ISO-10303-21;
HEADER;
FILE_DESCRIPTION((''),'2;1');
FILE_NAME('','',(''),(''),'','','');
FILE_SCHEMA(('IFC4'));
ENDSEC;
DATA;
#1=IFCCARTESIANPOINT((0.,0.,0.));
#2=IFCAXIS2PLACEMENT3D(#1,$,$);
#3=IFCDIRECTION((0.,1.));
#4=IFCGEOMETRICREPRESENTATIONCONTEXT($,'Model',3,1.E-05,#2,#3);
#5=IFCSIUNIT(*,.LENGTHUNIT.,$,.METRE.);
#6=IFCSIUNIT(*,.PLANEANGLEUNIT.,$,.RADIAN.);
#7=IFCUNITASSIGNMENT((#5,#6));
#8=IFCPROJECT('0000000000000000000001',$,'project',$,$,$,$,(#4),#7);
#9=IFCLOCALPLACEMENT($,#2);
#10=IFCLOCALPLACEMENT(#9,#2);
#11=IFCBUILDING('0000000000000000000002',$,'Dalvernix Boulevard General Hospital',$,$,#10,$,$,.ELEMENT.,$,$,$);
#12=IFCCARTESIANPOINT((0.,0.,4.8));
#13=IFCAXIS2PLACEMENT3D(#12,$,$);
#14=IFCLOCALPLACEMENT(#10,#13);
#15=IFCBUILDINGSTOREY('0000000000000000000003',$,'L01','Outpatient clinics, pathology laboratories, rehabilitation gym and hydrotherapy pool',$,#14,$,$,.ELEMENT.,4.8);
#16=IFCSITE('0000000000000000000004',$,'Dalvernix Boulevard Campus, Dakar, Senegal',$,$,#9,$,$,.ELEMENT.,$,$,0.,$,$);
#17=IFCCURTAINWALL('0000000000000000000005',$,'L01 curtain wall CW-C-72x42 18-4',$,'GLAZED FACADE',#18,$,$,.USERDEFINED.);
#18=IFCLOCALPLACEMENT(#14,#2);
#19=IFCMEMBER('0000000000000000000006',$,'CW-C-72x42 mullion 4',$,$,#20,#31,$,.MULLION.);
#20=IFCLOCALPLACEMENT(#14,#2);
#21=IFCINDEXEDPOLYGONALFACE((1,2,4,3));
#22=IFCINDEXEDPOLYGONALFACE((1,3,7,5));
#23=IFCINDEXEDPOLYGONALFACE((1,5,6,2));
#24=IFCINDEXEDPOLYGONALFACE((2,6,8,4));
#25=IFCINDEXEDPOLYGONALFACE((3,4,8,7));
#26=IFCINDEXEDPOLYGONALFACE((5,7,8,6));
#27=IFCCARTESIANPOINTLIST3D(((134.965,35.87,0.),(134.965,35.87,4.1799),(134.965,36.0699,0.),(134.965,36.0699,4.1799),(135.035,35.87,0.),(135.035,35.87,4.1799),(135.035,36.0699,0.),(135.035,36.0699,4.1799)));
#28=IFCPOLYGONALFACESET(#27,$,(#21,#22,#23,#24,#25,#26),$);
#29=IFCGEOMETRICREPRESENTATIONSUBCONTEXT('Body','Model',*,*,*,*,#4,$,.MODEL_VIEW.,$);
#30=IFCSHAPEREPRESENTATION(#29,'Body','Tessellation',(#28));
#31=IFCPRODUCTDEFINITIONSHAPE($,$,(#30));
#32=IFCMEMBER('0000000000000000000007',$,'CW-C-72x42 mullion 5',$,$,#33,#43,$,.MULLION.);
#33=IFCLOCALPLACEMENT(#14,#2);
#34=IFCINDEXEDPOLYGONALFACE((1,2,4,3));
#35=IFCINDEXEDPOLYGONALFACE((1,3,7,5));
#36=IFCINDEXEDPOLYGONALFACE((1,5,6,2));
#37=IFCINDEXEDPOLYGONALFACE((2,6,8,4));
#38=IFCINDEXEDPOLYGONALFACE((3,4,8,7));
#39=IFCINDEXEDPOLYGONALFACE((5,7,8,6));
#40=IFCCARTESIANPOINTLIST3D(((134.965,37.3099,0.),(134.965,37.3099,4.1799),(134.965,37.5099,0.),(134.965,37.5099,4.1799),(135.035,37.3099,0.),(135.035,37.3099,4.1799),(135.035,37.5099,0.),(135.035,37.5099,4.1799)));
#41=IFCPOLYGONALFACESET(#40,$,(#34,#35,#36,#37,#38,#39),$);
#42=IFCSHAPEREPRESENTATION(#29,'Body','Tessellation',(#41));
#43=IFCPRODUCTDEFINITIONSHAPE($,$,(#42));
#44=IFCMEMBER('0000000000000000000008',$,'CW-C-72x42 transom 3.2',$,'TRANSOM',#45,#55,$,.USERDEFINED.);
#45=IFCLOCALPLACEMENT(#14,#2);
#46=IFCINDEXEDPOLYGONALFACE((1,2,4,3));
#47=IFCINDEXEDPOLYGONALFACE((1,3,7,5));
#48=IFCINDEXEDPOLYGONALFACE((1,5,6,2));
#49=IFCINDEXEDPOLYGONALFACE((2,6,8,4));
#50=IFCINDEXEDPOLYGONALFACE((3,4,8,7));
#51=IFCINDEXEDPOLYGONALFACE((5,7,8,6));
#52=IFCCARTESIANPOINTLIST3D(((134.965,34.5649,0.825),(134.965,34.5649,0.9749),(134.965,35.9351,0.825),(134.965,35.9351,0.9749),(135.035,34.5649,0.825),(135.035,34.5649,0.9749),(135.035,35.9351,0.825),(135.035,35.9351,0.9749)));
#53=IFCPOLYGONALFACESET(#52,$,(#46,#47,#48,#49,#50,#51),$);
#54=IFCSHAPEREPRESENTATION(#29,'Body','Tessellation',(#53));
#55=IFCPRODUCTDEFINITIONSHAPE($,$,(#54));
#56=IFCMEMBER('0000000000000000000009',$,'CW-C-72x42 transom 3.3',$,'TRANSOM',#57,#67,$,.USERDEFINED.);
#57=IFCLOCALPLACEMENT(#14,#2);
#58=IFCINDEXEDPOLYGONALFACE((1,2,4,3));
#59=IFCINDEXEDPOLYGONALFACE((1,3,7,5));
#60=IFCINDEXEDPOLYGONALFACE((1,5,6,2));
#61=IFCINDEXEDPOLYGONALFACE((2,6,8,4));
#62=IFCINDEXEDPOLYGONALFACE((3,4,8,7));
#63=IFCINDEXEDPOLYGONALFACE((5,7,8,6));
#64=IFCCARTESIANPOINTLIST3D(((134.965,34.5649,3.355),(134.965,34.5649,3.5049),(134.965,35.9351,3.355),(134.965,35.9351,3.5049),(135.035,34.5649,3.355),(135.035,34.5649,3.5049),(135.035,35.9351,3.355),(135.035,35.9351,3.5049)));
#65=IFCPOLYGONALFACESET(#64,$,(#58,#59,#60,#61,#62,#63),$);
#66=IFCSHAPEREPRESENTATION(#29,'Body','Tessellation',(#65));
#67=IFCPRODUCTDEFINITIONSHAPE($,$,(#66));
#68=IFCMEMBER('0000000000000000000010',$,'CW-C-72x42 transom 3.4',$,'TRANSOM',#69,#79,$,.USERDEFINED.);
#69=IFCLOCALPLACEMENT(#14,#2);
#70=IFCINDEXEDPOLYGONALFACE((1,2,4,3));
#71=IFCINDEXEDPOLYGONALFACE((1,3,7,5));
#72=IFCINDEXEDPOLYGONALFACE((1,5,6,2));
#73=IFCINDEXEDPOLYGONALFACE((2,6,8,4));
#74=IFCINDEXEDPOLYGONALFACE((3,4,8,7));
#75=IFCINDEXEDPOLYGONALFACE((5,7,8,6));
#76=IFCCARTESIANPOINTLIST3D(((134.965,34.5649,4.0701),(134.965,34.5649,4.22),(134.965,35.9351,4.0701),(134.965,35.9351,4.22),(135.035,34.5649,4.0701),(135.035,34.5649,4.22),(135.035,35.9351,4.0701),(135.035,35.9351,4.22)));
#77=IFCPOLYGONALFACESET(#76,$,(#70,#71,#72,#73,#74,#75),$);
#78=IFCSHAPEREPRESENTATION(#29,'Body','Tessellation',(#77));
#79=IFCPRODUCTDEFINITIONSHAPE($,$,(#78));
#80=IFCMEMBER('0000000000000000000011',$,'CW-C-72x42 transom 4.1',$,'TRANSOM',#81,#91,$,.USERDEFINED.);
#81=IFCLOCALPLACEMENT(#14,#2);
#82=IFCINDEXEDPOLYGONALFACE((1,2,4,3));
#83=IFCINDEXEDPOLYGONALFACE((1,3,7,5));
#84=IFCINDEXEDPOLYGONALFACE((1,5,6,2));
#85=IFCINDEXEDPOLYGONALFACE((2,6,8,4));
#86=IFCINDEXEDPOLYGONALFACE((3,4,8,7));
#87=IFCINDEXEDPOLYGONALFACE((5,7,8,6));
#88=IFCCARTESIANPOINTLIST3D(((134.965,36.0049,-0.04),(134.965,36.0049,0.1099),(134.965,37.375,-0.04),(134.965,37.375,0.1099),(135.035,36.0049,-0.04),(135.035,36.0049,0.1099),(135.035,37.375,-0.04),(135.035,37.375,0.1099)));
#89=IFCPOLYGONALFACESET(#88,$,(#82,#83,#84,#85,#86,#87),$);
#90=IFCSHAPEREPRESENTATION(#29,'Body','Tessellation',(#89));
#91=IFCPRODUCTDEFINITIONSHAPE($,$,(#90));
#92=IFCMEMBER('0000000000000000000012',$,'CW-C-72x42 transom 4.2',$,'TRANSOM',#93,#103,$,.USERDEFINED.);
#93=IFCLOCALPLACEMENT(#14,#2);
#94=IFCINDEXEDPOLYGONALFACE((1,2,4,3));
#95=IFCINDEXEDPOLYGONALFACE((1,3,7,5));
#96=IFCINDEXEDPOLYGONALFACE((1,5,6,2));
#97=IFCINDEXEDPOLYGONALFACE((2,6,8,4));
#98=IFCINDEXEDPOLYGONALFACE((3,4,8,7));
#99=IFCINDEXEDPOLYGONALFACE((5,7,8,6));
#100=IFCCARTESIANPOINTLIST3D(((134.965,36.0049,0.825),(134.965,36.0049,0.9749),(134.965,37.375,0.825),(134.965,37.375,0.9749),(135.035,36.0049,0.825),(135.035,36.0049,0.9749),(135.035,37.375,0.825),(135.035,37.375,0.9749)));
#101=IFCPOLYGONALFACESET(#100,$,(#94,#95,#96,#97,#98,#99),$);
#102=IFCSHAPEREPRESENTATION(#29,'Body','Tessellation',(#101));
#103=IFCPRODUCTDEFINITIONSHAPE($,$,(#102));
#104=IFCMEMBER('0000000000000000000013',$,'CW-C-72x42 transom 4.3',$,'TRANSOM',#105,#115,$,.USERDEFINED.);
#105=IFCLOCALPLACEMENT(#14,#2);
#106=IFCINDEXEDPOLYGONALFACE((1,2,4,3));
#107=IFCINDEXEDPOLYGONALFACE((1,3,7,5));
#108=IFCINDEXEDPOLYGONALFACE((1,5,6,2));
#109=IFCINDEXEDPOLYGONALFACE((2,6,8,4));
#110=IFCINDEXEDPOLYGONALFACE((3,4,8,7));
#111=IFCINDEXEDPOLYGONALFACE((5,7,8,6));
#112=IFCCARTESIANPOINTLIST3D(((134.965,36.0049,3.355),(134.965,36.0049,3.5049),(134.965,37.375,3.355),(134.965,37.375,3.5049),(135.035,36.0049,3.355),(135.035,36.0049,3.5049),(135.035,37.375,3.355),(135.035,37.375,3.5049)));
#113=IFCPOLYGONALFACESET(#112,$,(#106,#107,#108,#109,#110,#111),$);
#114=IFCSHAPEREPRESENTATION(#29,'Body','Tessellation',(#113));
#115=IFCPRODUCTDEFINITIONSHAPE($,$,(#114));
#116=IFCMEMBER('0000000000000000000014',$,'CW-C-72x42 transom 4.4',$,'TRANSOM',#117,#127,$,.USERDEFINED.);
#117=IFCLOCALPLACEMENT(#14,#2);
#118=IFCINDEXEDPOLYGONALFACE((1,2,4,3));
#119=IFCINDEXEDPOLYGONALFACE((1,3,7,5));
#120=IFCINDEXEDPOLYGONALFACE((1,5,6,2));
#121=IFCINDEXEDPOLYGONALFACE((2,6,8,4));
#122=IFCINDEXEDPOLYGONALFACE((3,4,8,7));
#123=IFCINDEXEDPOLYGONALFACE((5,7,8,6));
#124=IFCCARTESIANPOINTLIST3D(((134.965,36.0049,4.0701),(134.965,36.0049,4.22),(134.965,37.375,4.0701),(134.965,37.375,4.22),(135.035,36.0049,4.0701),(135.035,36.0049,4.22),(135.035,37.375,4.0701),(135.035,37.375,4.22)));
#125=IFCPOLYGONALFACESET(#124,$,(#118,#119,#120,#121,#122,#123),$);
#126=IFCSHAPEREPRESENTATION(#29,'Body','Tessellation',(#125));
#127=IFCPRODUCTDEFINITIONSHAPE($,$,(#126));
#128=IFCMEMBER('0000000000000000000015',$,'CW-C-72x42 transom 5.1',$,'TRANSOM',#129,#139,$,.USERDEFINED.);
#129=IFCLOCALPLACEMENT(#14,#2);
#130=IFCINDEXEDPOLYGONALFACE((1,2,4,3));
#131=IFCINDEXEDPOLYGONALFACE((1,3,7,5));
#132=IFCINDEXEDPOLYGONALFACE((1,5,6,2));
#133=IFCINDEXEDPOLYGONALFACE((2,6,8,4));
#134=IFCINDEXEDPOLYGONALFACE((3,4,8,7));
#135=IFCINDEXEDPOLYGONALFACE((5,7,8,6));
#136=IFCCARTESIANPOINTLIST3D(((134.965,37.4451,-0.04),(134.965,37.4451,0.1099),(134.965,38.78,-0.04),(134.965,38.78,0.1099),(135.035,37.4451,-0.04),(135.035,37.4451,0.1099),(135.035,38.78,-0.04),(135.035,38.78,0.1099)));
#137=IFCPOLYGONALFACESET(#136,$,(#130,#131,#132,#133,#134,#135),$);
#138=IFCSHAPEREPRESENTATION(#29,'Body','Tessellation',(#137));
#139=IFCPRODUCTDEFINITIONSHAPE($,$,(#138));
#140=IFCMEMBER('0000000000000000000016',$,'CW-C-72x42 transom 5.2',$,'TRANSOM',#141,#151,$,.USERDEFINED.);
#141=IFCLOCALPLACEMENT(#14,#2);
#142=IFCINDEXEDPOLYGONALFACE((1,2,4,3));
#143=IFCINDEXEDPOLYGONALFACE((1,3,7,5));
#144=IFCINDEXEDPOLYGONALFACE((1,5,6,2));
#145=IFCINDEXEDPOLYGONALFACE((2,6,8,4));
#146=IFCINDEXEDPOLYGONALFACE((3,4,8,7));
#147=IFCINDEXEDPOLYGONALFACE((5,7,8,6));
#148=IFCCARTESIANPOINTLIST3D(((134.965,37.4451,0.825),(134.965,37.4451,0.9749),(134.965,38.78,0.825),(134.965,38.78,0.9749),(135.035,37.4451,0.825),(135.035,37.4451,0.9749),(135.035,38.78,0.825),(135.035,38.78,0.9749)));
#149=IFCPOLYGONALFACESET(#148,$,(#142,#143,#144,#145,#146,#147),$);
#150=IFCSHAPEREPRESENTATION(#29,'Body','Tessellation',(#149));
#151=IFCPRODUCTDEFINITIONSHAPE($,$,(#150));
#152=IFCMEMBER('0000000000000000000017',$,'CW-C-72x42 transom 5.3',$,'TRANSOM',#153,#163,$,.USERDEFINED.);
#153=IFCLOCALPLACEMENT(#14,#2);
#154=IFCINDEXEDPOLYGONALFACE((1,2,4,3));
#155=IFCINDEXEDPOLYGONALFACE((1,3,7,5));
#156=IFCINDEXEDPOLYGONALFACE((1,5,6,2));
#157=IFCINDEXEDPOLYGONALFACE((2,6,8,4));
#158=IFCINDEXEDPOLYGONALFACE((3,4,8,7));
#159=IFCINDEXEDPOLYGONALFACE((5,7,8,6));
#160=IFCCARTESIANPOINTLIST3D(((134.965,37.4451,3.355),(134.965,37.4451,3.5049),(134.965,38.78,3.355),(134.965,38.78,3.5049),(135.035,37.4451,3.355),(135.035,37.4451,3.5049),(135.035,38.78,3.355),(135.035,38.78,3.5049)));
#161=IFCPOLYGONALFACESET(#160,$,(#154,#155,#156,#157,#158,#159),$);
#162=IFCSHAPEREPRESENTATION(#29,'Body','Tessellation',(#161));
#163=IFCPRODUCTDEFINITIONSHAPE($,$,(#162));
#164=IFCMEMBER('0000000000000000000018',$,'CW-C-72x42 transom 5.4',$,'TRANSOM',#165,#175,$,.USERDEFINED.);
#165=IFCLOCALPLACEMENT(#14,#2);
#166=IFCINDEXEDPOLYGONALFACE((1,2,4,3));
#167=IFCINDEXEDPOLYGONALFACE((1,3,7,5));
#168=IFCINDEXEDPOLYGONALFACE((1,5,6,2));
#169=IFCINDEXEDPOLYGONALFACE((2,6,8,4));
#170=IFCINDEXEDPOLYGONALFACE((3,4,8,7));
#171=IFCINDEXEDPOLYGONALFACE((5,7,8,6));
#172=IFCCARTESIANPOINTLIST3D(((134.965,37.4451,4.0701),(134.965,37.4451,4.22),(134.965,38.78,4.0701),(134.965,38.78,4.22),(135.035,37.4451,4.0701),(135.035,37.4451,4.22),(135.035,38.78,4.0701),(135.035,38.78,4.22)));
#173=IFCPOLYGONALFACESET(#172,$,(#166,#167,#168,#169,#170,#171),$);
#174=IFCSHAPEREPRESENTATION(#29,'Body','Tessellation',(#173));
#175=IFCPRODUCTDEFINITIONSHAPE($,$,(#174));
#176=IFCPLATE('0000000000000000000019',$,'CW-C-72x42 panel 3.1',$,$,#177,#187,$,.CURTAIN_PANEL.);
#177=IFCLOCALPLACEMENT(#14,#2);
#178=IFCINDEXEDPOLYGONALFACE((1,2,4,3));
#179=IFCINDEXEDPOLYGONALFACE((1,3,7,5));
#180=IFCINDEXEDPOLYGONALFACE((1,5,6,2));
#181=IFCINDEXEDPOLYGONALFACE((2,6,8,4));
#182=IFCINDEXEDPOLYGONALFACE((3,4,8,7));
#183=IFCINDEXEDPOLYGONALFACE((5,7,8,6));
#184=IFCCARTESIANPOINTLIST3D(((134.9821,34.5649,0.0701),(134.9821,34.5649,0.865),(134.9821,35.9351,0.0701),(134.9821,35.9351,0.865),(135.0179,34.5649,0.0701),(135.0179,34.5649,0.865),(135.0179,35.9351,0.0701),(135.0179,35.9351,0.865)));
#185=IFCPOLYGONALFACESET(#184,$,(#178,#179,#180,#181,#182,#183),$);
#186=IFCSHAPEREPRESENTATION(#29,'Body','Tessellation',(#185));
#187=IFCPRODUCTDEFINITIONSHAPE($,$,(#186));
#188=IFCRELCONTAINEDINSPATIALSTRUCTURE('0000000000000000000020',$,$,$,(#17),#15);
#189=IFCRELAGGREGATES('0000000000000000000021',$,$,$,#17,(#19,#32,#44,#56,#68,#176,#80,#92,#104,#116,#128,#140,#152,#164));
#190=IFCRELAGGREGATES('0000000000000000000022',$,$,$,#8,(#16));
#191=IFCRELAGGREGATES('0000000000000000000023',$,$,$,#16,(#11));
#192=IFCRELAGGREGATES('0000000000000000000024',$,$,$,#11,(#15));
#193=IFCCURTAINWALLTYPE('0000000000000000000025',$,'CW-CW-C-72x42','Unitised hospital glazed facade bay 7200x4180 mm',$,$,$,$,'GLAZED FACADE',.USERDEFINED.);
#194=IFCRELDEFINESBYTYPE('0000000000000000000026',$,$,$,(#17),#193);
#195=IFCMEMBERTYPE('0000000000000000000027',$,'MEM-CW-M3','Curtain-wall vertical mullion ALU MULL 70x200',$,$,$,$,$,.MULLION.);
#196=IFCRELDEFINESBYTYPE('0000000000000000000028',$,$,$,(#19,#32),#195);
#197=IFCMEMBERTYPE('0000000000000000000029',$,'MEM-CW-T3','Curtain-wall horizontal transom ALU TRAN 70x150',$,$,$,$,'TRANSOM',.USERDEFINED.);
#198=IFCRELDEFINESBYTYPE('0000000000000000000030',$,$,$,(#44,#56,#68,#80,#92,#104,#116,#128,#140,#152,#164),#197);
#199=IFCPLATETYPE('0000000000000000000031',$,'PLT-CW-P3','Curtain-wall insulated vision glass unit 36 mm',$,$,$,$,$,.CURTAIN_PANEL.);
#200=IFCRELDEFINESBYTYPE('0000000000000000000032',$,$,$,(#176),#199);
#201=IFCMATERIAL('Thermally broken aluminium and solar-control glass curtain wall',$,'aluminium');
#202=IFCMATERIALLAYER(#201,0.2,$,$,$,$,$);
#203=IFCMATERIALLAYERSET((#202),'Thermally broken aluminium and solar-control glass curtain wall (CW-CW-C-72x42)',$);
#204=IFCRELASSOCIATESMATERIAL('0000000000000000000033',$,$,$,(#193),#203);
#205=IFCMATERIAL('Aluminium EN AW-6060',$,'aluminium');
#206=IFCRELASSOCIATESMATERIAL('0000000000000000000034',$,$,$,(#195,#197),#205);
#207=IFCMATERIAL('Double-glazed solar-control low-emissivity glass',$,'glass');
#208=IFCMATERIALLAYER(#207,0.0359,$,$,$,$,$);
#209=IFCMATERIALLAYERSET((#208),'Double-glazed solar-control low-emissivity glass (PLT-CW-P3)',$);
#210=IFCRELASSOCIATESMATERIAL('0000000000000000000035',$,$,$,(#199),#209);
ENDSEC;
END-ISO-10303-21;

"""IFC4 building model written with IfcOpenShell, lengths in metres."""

from ifc_helpers import new_model, si_unit, direction, frame, origin, origin_2d, place, context, subcontext, project, spatial, rectangle, extrude, material, layer, layer_set, material_profile, profile_set, type_object, element, aggregate, save


model = new_model("IFC4")

# Units and contexts
model_context = context("Model", 3, precision=1e-05, world=origin(), true_north=direction((0.0, 1.0)))
body_context = subcontext(model_context, "Body", "Model", "MODEL_VIEW")
ifc_project = project(units=[si_unit("LENGTHUNIT", "METRE"), si_unit("PLANEANGLEUNIT", "RADIAN")], contexts=[model_context])

# Site, building, storey
site_placement = place(None, origin())
site = spatial("IfcSite", under=ifc_project, at=site_placement, Name="Dalvernix Boulevard Campus, Dakar, Senegal", CompositionType="ELEMENT", RefElevation=0.0)
building_placement = place(site_placement, origin())
building = spatial("IfcBuilding", under=site, at=building_placement, Name="Dalvernix Boulevard General Hospital", CompositionType="ELEMENT")
storey_placement = place(building_placement, frame((0.0, 0.0, 4.8)))
storey = spatial("IfcBuildingStorey", under=building, at=storey_placement, Name="L01", Description="Outpatient clinics, pathology laboratories, rehabilitation gym and hydrotherapy pool", CompositionType="ELEMENT", Elevation=4.8)

# Curtain wall, members, plate
ifc_material_1 = material(Name="Thermally broken aluminium and solar-control glass curtain wall", Category="aluminium")
ifc_layer_1 = layer(ifc_material_1, 0.2)
ifc_layer_set_1 = layer_set([ifc_layer_1], Name="Thermally broken aluminium and solar-control glass curtain wall (CW-CW-C-72x42)")
curtain_wall_type = type_object("IfcCurtainWallType", Name="CW-CW-C-72x42", Description="Unitised hospital glazed facade bay 7200x4180 mm", ElementType="GLAZED FACADE", PredefinedType="USERDEFINED", material=ifc_layer_set_1)
curtain_wall_placement = place(storey_placement, origin())
curtain_wall = element("IfcCurtainWall", 1, at=curtain_wall_placement, inside=storey, type_object=curtain_wall_type, Name="L01 curtain wall CW-C-72x42 18-4", ObjectType="GLAZED FACADE", PredefinedType="USERDEFINED")
ifc_material_2 = material(Name="Aluminium EN AW-6060", Category="aluminium")
ifc_material_profile_1 = material_profile(ifc_material_2, rectangle(XDim=0.0701, YDim=0.2, at=origin_2d()), Name="ALU MULL 70x200")
ifc_profile_set_1 = profile_set([ifc_material_profile_1], Name="Aluminium EN AW-6060")
member_type_1 = type_object("IfcMemberType", Name="MEM-CW-M3", Description="Curtain-wall vertical mullion ALU MULL 70x200", PredefinedType="MULLION", material=ifc_profile_set_1)
member_1_placement = place(storey_placement, frame((135.0, 35.97, 0.0), z_axis=(0.0, 0.0, 1.0), x_axis=(-1.0, 0.0, 0.0)))
member_1 = element("IfcMember", 2, at=member_1_placement, type_object=member_type_1, Name="CW-C-72x42 mullion 4", PredefinedType="MULLION", context=body_context, shape_type="SweptSolid", body=[
    extrude(rectangle(XDim=0.0701, YDim=0.2, at=origin_2d()), origin(), (0.0, 0.0, 1.0), 4.1799),
])
member_2_placement = place(storey_placement, frame((135.0, 37.4099, 0.0), z_axis=(0.0, 0.0, 1.0), x_axis=(-1.0, 0.0, 0.0)))
member_2 = element("IfcMember", 3, at=member_2_placement, type_object=member_type_1, Name="CW-C-72x42 mullion 5", PredefinedType="MULLION", context=body_context, shape_type="SweptSolid", body=[
    extrude(rectangle(XDim=0.0701, YDim=0.2, at=origin_2d()), origin(), (0.0, 0.0, 1.0), 4.1799),
])
ifc_material_profile_2 = material_profile(ifc_material_2, rectangle(XDim=0.0701, YDim=0.1499, at=origin_2d()), Name="ALU TRAN 70x150")
ifc_profile_set_2 = profile_set([ifc_material_profile_2], Name="Aluminium EN AW-6060")
member_type_2 = type_object("IfcMemberType", Name="MEM-CW-T3", Description="Curtain-wall horizontal transom ALU TRAN 70x150", ElementType="TRANSOM", PredefinedType="USERDEFINED", material=ifc_profile_set_2)
member_3_placement = place(storey_placement, frame((135.0, 34.5649, 0.8999), z_axis=(0.0, 1.0, 0.0), x_axis=(-1.0, 0.0, 0.0)))
member_3 = element("IfcMember", 4, at=member_3_placement, type_object=member_type_2, Name="CW-C-72x42 transom 3.2", ObjectType="TRANSOM", PredefinedType="USERDEFINED", context=body_context, shape_type="SweptSolid", body=[
    extrude(rectangle(XDim=0.0701, YDim=0.1499, at=origin_2d()), origin(), (0.0, 0.0, 1.0), 1.3701),
])
member_4_placement = place(storey_placement, frame((135.0, 34.5649, 3.4299), z_axis=(0.0, 1.0, 0.0), x_axis=(-1.0, 0.0, 0.0)))
member_4 = element("IfcMember", 5, at=member_4_placement, type_object=member_type_2, Name="CW-C-72x42 transom 3.3", ObjectType="TRANSOM", PredefinedType="USERDEFINED", context=body_context, shape_type="SweptSolid", body=[
    extrude(rectangle(XDim=0.0701, YDim=0.1499, at=origin_2d()), origin(), (0.0, 0.0, 1.0), 1.3701),
])
member_5_placement = place(storey_placement, frame((135.0, 34.5649, 4.145), z_axis=(0.0, 1.0, 0.0), x_axis=(-1.0, 0.0, 0.0)))
member_5 = element("IfcMember", 6, at=member_5_placement, type_object=member_type_2, Name="CW-C-72x42 transom 3.4", ObjectType="TRANSOM", PredefinedType="USERDEFINED", context=body_context, shape_type="SweptSolid", body=[
    extrude(rectangle(XDim=0.0701, YDim=0.1499, at=origin_2d()), origin(), (0.0, 0.0, 1.0), 1.3701),
])
member_6_placement = place(storey_placement, frame((135.0, 36.0049, 0.0349), z_axis=(0.0, 1.0, 0.0), x_axis=(-1.0, 0.0, 0.0)))
member_6 = element("IfcMember", 7, at=member_6_placement, type_object=member_type_2, Name="CW-C-72x42 transom 4.1", ObjectType="TRANSOM", PredefinedType="USERDEFINED", context=body_context, shape_type="SweptSolid", body=[
    extrude(rectangle(XDim=0.0701, YDim=0.1499, at=origin_2d()), origin(), (0.0, 0.0, 1.0), 1.3701),
])
member_7_placement = place(storey_placement, frame((135.0, 36.0049, 0.8999), z_axis=(0.0, 1.0, 0.0), x_axis=(-1.0, 0.0, 0.0)))
member_7 = element("IfcMember", 8, at=member_7_placement, type_object=member_type_2, Name="CW-C-72x42 transom 4.2", ObjectType="TRANSOM", PredefinedType="USERDEFINED", context=body_context, shape_type="SweptSolid", body=[
    extrude(rectangle(XDim=0.0701, YDim=0.1499, at=origin_2d()), origin(), (0.0, 0.0, 1.0), 1.3701),
])
member_8_placement = place(storey_placement, frame((135.0, 36.0049, 3.4299), z_axis=(0.0, 1.0, 0.0), x_axis=(-1.0, 0.0, 0.0)))
member_8 = element("IfcMember", 9, at=member_8_placement, type_object=member_type_2, Name="CW-C-72x42 transom 4.3", ObjectType="TRANSOM", PredefinedType="USERDEFINED", context=body_context, shape_type="SweptSolid", body=[
    extrude(rectangle(XDim=0.0701, YDim=0.1499, at=origin_2d()), origin(), (0.0, 0.0, 1.0), 1.3701),
])
member_9_placement = place(storey_placement, frame((135.0, 36.0049, 4.145), z_axis=(0.0, 1.0, 0.0), x_axis=(-1.0, 0.0, 0.0)))
member_9 = element("IfcMember", 10, at=member_9_placement, type_object=member_type_2, Name="CW-C-72x42 transom 4.4", ObjectType="TRANSOM", PredefinedType="USERDEFINED", context=body_context, shape_type="SweptSolid", body=[
    extrude(rectangle(XDim=0.0701, YDim=0.1499, at=origin_2d()), origin(), (0.0, 0.0, 1.0), 1.3701),
])
member_10_placement = place(storey_placement, frame((135.0, 37.4451, 0.0349), z_axis=(0.0, 1.0, 0.0), x_axis=(-1.0, 0.0, 0.0)))
member_10 = element("IfcMember", 11, at=member_10_placement, type_object=member_type_2, Name="CW-C-72x42 transom 5.1", ObjectType="TRANSOM", PredefinedType="USERDEFINED", context=body_context, shape_type="SweptSolid", body=[
    extrude(rectangle(XDim=0.0701, YDim=0.1499, at=origin_2d()), origin(), (0.0, 0.0, 1.0), 1.335),
])
member_11_placement = place(storey_placement, frame((135.0, 37.4451, 0.8999), z_axis=(0.0, 1.0, 0.0), x_axis=(-1.0, 0.0, 0.0)))
member_11 = element("IfcMember", 12, at=member_11_placement, type_object=member_type_2, Name="CW-C-72x42 transom 5.2", ObjectType="TRANSOM", PredefinedType="USERDEFINED", context=body_context, shape_type="SweptSolid", body=[
    extrude(rectangle(XDim=0.0701, YDim=0.1499, at=origin_2d()), origin(), (0.0, 0.0, 1.0), 1.335),
])
member_12_placement = place(storey_placement, frame((135.0, 37.4451, 3.4299), z_axis=(0.0, 1.0, 0.0), x_axis=(-1.0, 0.0, 0.0)))
member_12 = element("IfcMember", 13, at=member_12_placement, type_object=member_type_2, Name="CW-C-72x42 transom 5.3", ObjectType="TRANSOM", PredefinedType="USERDEFINED", context=body_context, shape_type="SweptSolid", body=[
    extrude(rectangle(XDim=0.0701, YDim=0.1499, at=origin_2d()), origin(), (0.0, 0.0, 1.0), 1.335),
])
member_13_placement = place(storey_placement, frame((135.0, 37.4451, 4.145), z_axis=(0.0, 1.0, 0.0), x_axis=(-1.0, 0.0, 0.0)))
member_13 = element("IfcMember", 14, at=member_13_placement, type_object=member_type_2, Name="CW-C-72x42 transom 5.4", ObjectType="TRANSOM", PredefinedType="USERDEFINED", context=body_context, shape_type="SweptSolid", body=[
    extrude(rectangle(XDim=0.0701, YDim=0.1499, at=origin_2d()), origin(), (0.0, 0.0, 1.0), 1.335),
])
ifc_material_3 = material(Name="Double-glazed solar-control low-emissivity glass", Category="glass")
ifc_layer_2 = layer(ifc_material_3, 0.0359)
ifc_layer_set_2 = layer_set([ifc_layer_2], Name="Double-glazed solar-control low-emissivity glass (PLT-CW-P3)")
plate_type = type_object("IfcPlateType", Name="PLT-CW-P3", Description="Curtain-wall insulated vision glass unit 36 mm", PredefinedType="CURTAIN_PANEL", material=ifc_layer_set_2)
plate_1_placement = place(storey_placement, frame((135.0, 35.25, 0.0701), z_axis=(0.0, 0.0, 1.0), x_axis=(0.0, 1.0, 0.0)))
plate_1 = element("IfcPlate", 15, at=plate_1_placement, type_object=plate_type, Name="CW-C-72x42 panel 3.1", PredefinedType="CURTAIN_PANEL", context=body_context, shape_type="SweptSolid", body=[
    extrude(rectangle(XDim=1.3701, YDim=0.0359, at=origin_2d()), origin(), (0.0, 0.0, 1.0), 0.7949),
])
aggregate(curtain_wall, [member_1, member_2, member_3, member_4, member_5, plate_1, member_6, member_7, member_8, member_9, member_10, member_11, member_12, member_13])

save(model, "model.ifc")
